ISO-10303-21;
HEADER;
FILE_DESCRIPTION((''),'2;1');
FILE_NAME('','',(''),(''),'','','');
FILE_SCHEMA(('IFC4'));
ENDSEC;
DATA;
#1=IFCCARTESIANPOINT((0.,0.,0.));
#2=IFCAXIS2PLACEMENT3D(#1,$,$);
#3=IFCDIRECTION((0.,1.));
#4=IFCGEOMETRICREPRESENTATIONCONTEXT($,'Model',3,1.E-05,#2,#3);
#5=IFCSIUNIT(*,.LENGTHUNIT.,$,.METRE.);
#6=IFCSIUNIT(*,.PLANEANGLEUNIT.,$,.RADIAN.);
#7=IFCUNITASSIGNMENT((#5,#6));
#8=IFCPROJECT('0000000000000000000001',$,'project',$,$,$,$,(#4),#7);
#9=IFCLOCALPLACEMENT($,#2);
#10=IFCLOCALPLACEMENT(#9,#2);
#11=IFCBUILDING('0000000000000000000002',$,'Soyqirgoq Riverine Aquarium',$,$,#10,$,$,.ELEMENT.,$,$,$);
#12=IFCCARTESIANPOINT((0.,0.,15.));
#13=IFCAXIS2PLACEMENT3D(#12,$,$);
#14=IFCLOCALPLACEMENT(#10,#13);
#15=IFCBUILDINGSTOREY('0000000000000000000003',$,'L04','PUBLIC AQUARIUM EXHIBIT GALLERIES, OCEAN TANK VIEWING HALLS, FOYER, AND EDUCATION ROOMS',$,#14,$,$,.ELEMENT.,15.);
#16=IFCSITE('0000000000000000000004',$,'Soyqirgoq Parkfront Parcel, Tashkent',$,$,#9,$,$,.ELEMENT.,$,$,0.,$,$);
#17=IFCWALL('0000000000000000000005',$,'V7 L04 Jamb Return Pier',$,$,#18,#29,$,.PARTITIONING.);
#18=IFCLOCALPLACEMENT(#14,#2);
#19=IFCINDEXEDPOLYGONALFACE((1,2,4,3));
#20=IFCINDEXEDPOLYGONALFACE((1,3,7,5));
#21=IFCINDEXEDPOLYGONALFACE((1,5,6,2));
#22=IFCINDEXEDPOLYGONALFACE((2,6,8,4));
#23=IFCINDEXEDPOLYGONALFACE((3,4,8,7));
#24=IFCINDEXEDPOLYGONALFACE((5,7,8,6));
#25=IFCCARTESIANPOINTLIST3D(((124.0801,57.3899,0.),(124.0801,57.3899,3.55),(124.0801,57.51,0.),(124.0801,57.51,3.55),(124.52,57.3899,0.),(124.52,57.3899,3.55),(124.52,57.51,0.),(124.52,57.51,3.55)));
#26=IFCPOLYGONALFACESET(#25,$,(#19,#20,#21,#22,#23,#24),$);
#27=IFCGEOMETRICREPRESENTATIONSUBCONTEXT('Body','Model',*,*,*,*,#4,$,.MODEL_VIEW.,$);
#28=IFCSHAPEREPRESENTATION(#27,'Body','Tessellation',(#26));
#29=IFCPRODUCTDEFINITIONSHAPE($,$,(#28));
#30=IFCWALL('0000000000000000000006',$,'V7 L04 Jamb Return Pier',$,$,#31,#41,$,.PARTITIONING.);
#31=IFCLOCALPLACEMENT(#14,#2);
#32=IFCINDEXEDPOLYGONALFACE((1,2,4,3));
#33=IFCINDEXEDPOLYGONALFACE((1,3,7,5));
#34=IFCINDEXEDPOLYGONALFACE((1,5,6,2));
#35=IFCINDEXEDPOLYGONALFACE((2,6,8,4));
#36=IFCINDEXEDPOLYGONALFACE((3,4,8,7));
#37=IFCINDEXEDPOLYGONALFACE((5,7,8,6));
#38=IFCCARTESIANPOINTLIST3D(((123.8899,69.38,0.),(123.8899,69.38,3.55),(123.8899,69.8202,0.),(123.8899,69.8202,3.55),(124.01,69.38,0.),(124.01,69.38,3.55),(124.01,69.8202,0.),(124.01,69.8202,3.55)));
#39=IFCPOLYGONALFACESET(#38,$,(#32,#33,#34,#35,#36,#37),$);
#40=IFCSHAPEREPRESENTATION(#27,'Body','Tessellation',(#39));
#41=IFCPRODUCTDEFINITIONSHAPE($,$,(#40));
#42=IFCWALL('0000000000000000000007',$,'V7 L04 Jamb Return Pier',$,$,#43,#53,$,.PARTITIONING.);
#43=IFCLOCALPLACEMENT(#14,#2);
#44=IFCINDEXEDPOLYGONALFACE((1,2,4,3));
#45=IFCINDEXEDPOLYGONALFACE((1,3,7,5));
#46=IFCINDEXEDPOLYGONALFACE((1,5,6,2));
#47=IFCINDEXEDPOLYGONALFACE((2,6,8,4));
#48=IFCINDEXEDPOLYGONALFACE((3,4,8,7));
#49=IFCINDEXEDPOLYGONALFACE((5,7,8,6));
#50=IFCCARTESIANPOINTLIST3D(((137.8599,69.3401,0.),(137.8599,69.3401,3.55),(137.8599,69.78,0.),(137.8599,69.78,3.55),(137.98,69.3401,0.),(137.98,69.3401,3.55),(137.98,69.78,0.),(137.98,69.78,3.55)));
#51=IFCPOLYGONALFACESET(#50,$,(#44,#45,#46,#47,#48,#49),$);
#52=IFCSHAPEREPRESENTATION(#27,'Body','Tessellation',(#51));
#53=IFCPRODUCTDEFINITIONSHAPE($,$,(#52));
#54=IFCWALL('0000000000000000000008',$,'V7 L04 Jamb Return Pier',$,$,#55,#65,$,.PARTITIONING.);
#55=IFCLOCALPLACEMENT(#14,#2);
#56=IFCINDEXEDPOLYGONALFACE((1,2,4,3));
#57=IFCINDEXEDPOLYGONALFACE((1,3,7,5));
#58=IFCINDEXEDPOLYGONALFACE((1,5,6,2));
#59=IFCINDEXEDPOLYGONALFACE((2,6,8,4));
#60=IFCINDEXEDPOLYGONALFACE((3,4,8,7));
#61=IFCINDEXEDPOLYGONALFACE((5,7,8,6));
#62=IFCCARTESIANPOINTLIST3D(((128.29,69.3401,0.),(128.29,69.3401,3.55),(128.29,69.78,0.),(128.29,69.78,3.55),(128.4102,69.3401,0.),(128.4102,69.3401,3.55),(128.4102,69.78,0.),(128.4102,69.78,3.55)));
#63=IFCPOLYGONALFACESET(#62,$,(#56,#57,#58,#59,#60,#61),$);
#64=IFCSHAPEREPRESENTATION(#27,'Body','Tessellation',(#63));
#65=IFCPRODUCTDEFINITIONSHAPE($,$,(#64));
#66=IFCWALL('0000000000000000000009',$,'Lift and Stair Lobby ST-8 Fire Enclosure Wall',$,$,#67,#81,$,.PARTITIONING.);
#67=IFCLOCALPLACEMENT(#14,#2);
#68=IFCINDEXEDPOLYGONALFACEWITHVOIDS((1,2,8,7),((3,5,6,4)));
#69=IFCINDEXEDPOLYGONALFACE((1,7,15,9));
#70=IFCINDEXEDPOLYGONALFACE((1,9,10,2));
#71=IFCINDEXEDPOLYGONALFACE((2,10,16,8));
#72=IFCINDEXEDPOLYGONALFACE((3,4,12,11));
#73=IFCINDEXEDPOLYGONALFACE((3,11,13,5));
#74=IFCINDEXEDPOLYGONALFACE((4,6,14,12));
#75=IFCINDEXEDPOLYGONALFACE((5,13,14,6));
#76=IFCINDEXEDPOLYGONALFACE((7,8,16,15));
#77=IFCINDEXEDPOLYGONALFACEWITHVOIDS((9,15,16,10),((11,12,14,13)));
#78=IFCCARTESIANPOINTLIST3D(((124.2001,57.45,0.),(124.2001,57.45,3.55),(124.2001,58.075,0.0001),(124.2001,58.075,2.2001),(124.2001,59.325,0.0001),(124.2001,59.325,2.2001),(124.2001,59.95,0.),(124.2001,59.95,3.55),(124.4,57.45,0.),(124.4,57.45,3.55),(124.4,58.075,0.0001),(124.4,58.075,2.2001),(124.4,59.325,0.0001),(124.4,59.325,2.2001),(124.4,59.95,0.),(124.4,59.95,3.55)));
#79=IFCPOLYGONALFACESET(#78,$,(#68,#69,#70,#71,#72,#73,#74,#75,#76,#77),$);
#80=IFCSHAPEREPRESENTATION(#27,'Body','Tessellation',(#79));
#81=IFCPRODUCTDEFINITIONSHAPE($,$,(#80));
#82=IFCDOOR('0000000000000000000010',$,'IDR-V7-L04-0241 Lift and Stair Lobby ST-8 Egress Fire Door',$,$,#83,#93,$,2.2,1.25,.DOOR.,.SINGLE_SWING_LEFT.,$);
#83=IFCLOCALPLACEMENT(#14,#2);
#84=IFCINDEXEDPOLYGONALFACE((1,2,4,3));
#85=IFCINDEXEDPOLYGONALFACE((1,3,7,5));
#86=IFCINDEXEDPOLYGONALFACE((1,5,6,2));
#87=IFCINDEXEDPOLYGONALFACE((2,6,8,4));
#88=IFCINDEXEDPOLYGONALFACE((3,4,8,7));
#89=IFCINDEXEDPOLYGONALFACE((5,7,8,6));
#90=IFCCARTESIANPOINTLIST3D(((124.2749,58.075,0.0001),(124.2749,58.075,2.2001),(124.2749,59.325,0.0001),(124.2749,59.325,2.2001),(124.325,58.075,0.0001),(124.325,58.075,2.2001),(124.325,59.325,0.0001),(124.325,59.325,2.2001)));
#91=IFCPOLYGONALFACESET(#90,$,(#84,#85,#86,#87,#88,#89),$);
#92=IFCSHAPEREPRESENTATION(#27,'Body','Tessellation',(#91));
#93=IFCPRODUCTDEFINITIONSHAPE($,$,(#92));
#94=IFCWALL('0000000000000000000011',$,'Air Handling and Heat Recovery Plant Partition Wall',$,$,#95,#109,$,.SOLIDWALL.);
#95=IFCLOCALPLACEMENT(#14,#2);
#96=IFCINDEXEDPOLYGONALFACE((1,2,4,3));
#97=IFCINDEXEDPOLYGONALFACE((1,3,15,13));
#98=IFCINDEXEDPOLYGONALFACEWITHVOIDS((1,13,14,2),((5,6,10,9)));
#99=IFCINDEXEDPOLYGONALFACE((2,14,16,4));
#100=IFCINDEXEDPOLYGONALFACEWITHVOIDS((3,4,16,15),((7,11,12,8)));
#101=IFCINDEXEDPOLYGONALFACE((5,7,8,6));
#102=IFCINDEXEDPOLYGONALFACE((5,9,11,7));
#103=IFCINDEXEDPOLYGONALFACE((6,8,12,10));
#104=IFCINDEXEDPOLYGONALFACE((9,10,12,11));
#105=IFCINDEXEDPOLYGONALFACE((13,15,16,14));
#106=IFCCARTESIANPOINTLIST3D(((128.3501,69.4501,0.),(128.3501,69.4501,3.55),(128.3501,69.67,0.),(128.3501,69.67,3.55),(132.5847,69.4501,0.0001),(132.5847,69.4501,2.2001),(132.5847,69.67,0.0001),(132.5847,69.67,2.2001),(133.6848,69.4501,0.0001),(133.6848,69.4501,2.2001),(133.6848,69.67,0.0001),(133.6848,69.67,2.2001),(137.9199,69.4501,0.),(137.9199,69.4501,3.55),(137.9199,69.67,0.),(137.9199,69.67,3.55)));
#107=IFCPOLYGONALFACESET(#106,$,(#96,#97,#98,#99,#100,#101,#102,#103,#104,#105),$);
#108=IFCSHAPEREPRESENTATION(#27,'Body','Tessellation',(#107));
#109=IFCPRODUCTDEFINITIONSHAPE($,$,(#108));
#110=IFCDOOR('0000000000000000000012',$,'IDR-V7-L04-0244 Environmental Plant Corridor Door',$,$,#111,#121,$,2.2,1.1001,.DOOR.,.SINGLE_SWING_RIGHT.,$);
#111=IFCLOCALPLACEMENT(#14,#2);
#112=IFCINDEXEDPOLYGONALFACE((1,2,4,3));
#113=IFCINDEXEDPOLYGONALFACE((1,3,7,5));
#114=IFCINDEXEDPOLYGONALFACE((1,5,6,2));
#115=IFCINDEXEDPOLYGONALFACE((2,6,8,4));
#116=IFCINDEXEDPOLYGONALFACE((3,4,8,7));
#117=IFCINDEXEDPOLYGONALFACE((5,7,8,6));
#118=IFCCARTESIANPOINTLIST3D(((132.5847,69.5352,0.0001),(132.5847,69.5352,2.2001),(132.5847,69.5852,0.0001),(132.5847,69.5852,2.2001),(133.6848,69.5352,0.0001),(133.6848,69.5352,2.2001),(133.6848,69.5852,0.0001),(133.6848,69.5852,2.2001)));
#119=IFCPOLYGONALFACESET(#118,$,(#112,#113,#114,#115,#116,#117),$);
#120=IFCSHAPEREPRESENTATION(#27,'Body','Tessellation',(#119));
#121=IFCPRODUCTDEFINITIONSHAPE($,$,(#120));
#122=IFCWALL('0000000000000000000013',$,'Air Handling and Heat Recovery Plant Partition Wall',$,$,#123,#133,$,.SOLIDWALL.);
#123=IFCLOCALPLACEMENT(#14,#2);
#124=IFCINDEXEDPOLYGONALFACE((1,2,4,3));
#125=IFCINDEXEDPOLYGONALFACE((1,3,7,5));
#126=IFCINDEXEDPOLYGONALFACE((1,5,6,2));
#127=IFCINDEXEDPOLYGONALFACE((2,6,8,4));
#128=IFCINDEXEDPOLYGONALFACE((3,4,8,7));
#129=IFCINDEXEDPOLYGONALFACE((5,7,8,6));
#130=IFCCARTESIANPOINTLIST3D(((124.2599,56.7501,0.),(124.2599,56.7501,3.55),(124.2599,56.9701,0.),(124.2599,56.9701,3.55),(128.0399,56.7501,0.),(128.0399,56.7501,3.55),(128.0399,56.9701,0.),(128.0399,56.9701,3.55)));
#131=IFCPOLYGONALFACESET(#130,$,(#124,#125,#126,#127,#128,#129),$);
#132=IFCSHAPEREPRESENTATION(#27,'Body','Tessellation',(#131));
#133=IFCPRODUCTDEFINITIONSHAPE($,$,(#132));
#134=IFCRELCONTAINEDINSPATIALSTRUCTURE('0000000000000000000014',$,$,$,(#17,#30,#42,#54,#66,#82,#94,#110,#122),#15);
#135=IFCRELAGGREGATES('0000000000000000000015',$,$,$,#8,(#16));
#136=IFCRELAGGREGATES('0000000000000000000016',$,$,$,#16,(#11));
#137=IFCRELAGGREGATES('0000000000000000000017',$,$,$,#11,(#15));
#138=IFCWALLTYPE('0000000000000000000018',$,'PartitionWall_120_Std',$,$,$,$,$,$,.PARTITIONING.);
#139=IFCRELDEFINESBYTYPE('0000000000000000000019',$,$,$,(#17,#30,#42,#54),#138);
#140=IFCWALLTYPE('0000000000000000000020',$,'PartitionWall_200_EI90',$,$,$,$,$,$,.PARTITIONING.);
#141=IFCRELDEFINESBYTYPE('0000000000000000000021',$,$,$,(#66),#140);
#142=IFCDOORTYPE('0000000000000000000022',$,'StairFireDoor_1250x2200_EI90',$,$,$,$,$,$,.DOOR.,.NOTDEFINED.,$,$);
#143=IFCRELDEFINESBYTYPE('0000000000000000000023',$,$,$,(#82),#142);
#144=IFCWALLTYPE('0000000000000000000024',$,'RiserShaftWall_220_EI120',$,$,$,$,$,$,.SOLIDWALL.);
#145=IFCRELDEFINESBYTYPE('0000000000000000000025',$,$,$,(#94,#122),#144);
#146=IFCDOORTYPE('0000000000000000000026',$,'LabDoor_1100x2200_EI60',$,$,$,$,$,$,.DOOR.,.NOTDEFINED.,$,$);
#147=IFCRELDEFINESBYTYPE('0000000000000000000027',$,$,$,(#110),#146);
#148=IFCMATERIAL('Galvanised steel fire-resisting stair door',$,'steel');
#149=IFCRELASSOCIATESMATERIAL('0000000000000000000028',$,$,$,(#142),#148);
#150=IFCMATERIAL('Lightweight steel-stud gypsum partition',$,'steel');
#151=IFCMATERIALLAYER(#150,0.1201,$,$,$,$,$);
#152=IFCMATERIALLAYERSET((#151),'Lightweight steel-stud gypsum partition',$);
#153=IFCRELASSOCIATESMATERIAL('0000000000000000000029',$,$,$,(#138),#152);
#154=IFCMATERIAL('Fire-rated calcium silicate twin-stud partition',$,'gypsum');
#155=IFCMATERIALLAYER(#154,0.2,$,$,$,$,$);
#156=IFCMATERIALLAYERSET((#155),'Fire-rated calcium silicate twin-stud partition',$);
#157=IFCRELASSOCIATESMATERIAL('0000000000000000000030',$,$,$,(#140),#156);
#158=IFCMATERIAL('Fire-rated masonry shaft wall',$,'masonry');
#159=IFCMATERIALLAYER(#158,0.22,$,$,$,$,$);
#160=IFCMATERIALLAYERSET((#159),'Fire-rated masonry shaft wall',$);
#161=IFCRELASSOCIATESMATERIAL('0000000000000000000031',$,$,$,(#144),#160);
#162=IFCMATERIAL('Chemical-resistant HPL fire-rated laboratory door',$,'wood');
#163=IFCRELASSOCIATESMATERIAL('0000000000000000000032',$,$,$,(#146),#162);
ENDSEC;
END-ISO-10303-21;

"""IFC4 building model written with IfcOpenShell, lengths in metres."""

from ifc_helpers import new_model, si_unit, direction, frame, frame_2d, origin, place, context, subcontext, project, spatial, rectangle, extrude, material, layer, layer_set, type_object, element, fill, save


model = new_model("IFC4")

# Units and contexts
model_context = context("Model", 3, precision=1e-05, world=origin(), true_north=direction((0.0, 1.0)))
body_context = subcontext(model_context, "Body", "Model", "MODEL_VIEW")
ifc_project = project(units=[si_unit("LENGTHUNIT", "METRE"), si_unit("PLANEANGLEUNIT", "RADIAN")], contexts=[model_context])

# Site, building, storey
site_placement = place(None, origin())
site = spatial("IfcSite", under=ifc_project, at=site_placement, Name="Soyqirgoq Parkfront Parcel, Tashkent", CompositionType="ELEMENT", RefElevation=0.0)
building_placement = place(site_placement, origin())
building = spatial("IfcBuilding", under=site, at=building_placement, Name="Soyqirgoq Riverine Aquarium", CompositionType="ELEMENT")
storey_placement = place(building_placement, frame((0.0, 0.0, 15.0)))
storey = spatial("IfcBuildingStorey", under=building, at=storey_placement, Name="L04", Description="PUBLIC AQUARIUM EXHIBIT GALLERIES, OCEAN TANK VIEWING HALLS, FOYER, AND EDUCATION ROOMS", CompositionType="ELEMENT", Elevation=15.0)

# Shared definitions
ifc_material_1 = material(Name="Galvanised steel fire-resisting stair door", Category="steel")
door_type_1 = type_object("IfcDoorType", Name="StairFireDoor_1250x2200_EI90", OperationType="NOTDEFINED", PredefinedType="DOOR", material=ifc_material_1)

# Walls
ifc_material_2 = material(Name="Lightweight steel-stud gypsum partition", Category="steel")
ifc_layer_1 = layer(ifc_material_2, 0.1201)
ifc_layer_set_1 = layer_set([ifc_layer_1], Name="Lightweight steel-stud gypsum partition")
wall_type_1 = type_object("IfcWallType", Name="PartitionWall_120_Std", PredefinedType="PARTITIONING", material=ifc_layer_set_1)
wall_1_placement = place(storey_placement, frame((124.0801, 57.45, 0.0), z_axis=(0.0, 0.0, 1.0), x_axis=(1.0, 0.0, 0.0)))
element("IfcWall", 1, at=wall_1_placement, inside=storey, type_object=wall_type_1, Name="V7 L04 Jamb Return Pier", PredefinedType="PARTITIONING", context=body_context, shape_type="SweptSolid", body=[
    extrude(rectangle(XDim=0.4399, YDim=0.1201, at=frame_2d((0.22, 0.0))), origin(), (0.0, 0.0, 1.0), 3.55),
])
wall_2_placement = place(storey_placement, frame((123.95, 69.3799, 0.0), z_axis=(0.0, 0.0, 1.0), x_axis=(0.0, 1.0, 0.0)))
element("IfcWall", 2, at=wall_2_placement, inside=storey, type_object=wall_type_1, Name="V7 L04 Jamb Return Pier", PredefinedType="PARTITIONING", context=body_context, shape_type="SweptSolid", body=[
    extrude(rectangle(XDim=0.4402, YDim=0.1201, at=frame_2d((0.2202, 0.0))), origin(), (0.0, 0.0, 1.0), 3.55),
])
for number, where, z_axis, x_axis, name in (
    (3, (137.9199, 69.78, 0.0), (0.0, 0.0, 1.0), (0.0, -1.0, 0.0), "V7 L04 Jamb Return Pier"),
    (4, (128.3501, 69.78, 0.0), (0.0, 0.0, 1.0), (0.0, -1.0, 0.0), "V7 L04 Jamb Return Pier"),
):
    element("IfcWall", number, at=place(storey_placement, frame(where, z_axis=z_axis, x_axis=x_axis)), inside=storey, type_object=wall_type_1, Name=name, PredefinedType="PARTITIONING", context=body_context, shape_type="SweptSolid", body=[
        extrude(rectangle(XDim=0.4399, YDim=0.1201, at=frame_2d((0.22, 0.0))), origin(), (0.0, 0.0, 1.0), 3.55),
    ])

# Walls, openings, doors
ifc_material_3 = material(Name="Fire-rated calcium silicate twin-stud partition", Category="gypsum")
ifc_layer_2 = layer(ifc_material_3, 0.2)
ifc_layer_set_2 = layer_set([ifc_layer_2], Name="Fire-rated calcium silicate twin-stud partition")
wall_type_2 = type_object("IfcWallType", Name="PartitionWall_200_EI90", PredefinedType="PARTITIONING", material=ifc_layer_set_2)
wall_3_placement = place(storey_placement, frame((124.3, 59.95, 0.0), z_axis=(0.0, 0.0, 1.0), x_axis=(0.0, -1.0, 0.0)))
wall_3 = element("IfcWall", 5, at=wall_3_placement, inside=storey, type_object=wall_type_2, Name="Lift and Stair Lobby ST-8 Fire Enclosure Wall", PredefinedType="PARTITIONING", context=body_context, shape_type="SweptSolid", body=[
    extrude(rectangle(XDim=2.5, YDim=0.2, at=frame_2d((1.25, 0.0))), origin(), (0.0, 0.0, 1.0), 3.55),
])
opening_1_placement = place(wall_3_placement, frame((0.625, 0.0, 0.0)))
opening_1 = element("IfcOpeningElement", 6, at=opening_1_placement, cuts=wall_3, PredefinedType="OPENING", context=body_context, shape_type="SweptSolid", body=[
    extrude(rectangle(XDim=1.25, YDim=2.2, at=frame_2d((0.625, 1.1001))), frame((0.0, 0.1099, 0.0), z_axis=(0.0, -1.0, 0.0), x_axis=(1.0, 0.0, 0.0)), (0.0, 0.0, 1.0), 0.22),
])
door_1_placement = place(opening_1_placement, origin())
door_1 = element("IfcDoor", 7, at=door_1_placement, inside=storey, type_object=door_type_1, Name="IDR-V7-L04-0241 Lift and Stair Lobby ST-8 Egress Fire Door", OperationType="SINGLE_SWING_LEFT", OverallHeight=2.2, OverallWidth=1.25, PredefinedType="DOOR", context=body_context, shape_type="SweptSolid", body=[
    extrude(rectangle(XDim=1.25, YDim=2.2, at=frame_2d((0.625, 1.1001))), frame((0.0, 0.0249, 0.0), z_axis=(0.0, -1.0, 0.0), x_axis=(1.0, 0.0, 0.0)), (0.0, 0.0, 1.0), 0.05),
])
fill(opening_1, door_1)
ifc_material_4 = material(Name="Fire-rated masonry shaft wall", Category="masonry")
ifc_layer_3 = layer(ifc_material_4, 0.22)
ifc_layer_set_3 = layer_set([ifc_layer_3], Name="Fire-rated masonry shaft wall")
wall_type_3 = type_object("IfcWallType", Name="RiserShaftWall_220_EI120", PredefinedType="SOLIDWALL", material=ifc_layer_set_3)
wall_4_placement = place(storey_placement, frame((137.9199, 69.5601, 0.0), z_axis=(0.0, 0.0, 1.0), x_axis=(-1.0, 0.0, 0.0)))
wall_4 = element("IfcWall", 8, at=wall_4_placement, inside=storey, type_object=wall_type_3, Name="Air Handling and Heat Recovery Plant Partition Wall", PredefinedType="SOLIDWALL", context=body_context, shape_type="SweptSolid", body=[
    extrude(rectangle(XDim=9.5698, YDim=0.22, at=frame_2d((4.7849, 0.0))), origin(), (0.0, 0.0, 1.0), 3.55),
])
opening_2_placement = place(wall_4_placement, frame((4.2351, 0.0, 0.0)))
opening_2 = element("IfcOpeningElement", 9, at=opening_2_placement, cuts=wall_4, PredefinedType="OPENING", context=body_context, shape_type="SweptSolid", body=[
    extrude(rectangle(XDim=1.1001, YDim=2.2, at=frame_2d((0.55, 1.1001))), frame((0.0, 0.1201, 0.0), z_axis=(0.0, -1.0, 0.0), x_axis=(1.0, 0.0, 0.0)), (0.0, 0.0, 1.0), 0.24),
])
ifc_material_5 = material(Name="Chemical-resistant HPL fire-rated laboratory door", Category="wood")
door_type_2 = type_object("IfcDoorType", Name="LabDoor_1100x2200_EI60", OperationType="NOTDEFINED", PredefinedType="DOOR", material=ifc_material_5)
door_2_placement = place(opening_2_placement, origin())
door_2 = element("IfcDoor", 10, at=door_2_placement, inside=storey, type_object=door_type_2, Name="IDR-V7-L04-0244 Environmental Plant Corridor Door", OperationType="SINGLE_SWING_RIGHT", OverallHeight=2.2, OverallWidth=1.1001, PredefinedType="DOOR", context=body_context, shape_type="SweptSolid", body=[
    extrude(rectangle(XDim=1.1001, YDim=2.2, at=frame_2d((0.55, 1.1001))), frame((0.0, 0.0249, 0.0), z_axis=(0.0, -1.0, 0.0), x_axis=(1.0, 0.0, 0.0)), (0.0, 0.0, 1.0), 0.05),
])
fill(opening_2, door_2)

# Wall
wall_5_placement = place(storey_placement, frame((128.04, 56.8601, 0.0), z_axis=(0.0, 0.0, 1.0), x_axis=(-1.0, 0.0, 0.0)))
element("IfcWall", 11, at=wall_5_placement, inside=storey, type_object=wall_type_3, Name="Air Handling and Heat Recovery Plant Partition Wall", PredefinedType="SOLIDWALL", context=body_context, shape_type="SweptSolid", body=[
    extrude(rectangle(XDim=3.78, YDim=0.22, at=frame_2d((1.8901, 0.0))), origin(), (0.0, 0.0, 1.0), 3.55),
])

save(model, "model.ifc")
